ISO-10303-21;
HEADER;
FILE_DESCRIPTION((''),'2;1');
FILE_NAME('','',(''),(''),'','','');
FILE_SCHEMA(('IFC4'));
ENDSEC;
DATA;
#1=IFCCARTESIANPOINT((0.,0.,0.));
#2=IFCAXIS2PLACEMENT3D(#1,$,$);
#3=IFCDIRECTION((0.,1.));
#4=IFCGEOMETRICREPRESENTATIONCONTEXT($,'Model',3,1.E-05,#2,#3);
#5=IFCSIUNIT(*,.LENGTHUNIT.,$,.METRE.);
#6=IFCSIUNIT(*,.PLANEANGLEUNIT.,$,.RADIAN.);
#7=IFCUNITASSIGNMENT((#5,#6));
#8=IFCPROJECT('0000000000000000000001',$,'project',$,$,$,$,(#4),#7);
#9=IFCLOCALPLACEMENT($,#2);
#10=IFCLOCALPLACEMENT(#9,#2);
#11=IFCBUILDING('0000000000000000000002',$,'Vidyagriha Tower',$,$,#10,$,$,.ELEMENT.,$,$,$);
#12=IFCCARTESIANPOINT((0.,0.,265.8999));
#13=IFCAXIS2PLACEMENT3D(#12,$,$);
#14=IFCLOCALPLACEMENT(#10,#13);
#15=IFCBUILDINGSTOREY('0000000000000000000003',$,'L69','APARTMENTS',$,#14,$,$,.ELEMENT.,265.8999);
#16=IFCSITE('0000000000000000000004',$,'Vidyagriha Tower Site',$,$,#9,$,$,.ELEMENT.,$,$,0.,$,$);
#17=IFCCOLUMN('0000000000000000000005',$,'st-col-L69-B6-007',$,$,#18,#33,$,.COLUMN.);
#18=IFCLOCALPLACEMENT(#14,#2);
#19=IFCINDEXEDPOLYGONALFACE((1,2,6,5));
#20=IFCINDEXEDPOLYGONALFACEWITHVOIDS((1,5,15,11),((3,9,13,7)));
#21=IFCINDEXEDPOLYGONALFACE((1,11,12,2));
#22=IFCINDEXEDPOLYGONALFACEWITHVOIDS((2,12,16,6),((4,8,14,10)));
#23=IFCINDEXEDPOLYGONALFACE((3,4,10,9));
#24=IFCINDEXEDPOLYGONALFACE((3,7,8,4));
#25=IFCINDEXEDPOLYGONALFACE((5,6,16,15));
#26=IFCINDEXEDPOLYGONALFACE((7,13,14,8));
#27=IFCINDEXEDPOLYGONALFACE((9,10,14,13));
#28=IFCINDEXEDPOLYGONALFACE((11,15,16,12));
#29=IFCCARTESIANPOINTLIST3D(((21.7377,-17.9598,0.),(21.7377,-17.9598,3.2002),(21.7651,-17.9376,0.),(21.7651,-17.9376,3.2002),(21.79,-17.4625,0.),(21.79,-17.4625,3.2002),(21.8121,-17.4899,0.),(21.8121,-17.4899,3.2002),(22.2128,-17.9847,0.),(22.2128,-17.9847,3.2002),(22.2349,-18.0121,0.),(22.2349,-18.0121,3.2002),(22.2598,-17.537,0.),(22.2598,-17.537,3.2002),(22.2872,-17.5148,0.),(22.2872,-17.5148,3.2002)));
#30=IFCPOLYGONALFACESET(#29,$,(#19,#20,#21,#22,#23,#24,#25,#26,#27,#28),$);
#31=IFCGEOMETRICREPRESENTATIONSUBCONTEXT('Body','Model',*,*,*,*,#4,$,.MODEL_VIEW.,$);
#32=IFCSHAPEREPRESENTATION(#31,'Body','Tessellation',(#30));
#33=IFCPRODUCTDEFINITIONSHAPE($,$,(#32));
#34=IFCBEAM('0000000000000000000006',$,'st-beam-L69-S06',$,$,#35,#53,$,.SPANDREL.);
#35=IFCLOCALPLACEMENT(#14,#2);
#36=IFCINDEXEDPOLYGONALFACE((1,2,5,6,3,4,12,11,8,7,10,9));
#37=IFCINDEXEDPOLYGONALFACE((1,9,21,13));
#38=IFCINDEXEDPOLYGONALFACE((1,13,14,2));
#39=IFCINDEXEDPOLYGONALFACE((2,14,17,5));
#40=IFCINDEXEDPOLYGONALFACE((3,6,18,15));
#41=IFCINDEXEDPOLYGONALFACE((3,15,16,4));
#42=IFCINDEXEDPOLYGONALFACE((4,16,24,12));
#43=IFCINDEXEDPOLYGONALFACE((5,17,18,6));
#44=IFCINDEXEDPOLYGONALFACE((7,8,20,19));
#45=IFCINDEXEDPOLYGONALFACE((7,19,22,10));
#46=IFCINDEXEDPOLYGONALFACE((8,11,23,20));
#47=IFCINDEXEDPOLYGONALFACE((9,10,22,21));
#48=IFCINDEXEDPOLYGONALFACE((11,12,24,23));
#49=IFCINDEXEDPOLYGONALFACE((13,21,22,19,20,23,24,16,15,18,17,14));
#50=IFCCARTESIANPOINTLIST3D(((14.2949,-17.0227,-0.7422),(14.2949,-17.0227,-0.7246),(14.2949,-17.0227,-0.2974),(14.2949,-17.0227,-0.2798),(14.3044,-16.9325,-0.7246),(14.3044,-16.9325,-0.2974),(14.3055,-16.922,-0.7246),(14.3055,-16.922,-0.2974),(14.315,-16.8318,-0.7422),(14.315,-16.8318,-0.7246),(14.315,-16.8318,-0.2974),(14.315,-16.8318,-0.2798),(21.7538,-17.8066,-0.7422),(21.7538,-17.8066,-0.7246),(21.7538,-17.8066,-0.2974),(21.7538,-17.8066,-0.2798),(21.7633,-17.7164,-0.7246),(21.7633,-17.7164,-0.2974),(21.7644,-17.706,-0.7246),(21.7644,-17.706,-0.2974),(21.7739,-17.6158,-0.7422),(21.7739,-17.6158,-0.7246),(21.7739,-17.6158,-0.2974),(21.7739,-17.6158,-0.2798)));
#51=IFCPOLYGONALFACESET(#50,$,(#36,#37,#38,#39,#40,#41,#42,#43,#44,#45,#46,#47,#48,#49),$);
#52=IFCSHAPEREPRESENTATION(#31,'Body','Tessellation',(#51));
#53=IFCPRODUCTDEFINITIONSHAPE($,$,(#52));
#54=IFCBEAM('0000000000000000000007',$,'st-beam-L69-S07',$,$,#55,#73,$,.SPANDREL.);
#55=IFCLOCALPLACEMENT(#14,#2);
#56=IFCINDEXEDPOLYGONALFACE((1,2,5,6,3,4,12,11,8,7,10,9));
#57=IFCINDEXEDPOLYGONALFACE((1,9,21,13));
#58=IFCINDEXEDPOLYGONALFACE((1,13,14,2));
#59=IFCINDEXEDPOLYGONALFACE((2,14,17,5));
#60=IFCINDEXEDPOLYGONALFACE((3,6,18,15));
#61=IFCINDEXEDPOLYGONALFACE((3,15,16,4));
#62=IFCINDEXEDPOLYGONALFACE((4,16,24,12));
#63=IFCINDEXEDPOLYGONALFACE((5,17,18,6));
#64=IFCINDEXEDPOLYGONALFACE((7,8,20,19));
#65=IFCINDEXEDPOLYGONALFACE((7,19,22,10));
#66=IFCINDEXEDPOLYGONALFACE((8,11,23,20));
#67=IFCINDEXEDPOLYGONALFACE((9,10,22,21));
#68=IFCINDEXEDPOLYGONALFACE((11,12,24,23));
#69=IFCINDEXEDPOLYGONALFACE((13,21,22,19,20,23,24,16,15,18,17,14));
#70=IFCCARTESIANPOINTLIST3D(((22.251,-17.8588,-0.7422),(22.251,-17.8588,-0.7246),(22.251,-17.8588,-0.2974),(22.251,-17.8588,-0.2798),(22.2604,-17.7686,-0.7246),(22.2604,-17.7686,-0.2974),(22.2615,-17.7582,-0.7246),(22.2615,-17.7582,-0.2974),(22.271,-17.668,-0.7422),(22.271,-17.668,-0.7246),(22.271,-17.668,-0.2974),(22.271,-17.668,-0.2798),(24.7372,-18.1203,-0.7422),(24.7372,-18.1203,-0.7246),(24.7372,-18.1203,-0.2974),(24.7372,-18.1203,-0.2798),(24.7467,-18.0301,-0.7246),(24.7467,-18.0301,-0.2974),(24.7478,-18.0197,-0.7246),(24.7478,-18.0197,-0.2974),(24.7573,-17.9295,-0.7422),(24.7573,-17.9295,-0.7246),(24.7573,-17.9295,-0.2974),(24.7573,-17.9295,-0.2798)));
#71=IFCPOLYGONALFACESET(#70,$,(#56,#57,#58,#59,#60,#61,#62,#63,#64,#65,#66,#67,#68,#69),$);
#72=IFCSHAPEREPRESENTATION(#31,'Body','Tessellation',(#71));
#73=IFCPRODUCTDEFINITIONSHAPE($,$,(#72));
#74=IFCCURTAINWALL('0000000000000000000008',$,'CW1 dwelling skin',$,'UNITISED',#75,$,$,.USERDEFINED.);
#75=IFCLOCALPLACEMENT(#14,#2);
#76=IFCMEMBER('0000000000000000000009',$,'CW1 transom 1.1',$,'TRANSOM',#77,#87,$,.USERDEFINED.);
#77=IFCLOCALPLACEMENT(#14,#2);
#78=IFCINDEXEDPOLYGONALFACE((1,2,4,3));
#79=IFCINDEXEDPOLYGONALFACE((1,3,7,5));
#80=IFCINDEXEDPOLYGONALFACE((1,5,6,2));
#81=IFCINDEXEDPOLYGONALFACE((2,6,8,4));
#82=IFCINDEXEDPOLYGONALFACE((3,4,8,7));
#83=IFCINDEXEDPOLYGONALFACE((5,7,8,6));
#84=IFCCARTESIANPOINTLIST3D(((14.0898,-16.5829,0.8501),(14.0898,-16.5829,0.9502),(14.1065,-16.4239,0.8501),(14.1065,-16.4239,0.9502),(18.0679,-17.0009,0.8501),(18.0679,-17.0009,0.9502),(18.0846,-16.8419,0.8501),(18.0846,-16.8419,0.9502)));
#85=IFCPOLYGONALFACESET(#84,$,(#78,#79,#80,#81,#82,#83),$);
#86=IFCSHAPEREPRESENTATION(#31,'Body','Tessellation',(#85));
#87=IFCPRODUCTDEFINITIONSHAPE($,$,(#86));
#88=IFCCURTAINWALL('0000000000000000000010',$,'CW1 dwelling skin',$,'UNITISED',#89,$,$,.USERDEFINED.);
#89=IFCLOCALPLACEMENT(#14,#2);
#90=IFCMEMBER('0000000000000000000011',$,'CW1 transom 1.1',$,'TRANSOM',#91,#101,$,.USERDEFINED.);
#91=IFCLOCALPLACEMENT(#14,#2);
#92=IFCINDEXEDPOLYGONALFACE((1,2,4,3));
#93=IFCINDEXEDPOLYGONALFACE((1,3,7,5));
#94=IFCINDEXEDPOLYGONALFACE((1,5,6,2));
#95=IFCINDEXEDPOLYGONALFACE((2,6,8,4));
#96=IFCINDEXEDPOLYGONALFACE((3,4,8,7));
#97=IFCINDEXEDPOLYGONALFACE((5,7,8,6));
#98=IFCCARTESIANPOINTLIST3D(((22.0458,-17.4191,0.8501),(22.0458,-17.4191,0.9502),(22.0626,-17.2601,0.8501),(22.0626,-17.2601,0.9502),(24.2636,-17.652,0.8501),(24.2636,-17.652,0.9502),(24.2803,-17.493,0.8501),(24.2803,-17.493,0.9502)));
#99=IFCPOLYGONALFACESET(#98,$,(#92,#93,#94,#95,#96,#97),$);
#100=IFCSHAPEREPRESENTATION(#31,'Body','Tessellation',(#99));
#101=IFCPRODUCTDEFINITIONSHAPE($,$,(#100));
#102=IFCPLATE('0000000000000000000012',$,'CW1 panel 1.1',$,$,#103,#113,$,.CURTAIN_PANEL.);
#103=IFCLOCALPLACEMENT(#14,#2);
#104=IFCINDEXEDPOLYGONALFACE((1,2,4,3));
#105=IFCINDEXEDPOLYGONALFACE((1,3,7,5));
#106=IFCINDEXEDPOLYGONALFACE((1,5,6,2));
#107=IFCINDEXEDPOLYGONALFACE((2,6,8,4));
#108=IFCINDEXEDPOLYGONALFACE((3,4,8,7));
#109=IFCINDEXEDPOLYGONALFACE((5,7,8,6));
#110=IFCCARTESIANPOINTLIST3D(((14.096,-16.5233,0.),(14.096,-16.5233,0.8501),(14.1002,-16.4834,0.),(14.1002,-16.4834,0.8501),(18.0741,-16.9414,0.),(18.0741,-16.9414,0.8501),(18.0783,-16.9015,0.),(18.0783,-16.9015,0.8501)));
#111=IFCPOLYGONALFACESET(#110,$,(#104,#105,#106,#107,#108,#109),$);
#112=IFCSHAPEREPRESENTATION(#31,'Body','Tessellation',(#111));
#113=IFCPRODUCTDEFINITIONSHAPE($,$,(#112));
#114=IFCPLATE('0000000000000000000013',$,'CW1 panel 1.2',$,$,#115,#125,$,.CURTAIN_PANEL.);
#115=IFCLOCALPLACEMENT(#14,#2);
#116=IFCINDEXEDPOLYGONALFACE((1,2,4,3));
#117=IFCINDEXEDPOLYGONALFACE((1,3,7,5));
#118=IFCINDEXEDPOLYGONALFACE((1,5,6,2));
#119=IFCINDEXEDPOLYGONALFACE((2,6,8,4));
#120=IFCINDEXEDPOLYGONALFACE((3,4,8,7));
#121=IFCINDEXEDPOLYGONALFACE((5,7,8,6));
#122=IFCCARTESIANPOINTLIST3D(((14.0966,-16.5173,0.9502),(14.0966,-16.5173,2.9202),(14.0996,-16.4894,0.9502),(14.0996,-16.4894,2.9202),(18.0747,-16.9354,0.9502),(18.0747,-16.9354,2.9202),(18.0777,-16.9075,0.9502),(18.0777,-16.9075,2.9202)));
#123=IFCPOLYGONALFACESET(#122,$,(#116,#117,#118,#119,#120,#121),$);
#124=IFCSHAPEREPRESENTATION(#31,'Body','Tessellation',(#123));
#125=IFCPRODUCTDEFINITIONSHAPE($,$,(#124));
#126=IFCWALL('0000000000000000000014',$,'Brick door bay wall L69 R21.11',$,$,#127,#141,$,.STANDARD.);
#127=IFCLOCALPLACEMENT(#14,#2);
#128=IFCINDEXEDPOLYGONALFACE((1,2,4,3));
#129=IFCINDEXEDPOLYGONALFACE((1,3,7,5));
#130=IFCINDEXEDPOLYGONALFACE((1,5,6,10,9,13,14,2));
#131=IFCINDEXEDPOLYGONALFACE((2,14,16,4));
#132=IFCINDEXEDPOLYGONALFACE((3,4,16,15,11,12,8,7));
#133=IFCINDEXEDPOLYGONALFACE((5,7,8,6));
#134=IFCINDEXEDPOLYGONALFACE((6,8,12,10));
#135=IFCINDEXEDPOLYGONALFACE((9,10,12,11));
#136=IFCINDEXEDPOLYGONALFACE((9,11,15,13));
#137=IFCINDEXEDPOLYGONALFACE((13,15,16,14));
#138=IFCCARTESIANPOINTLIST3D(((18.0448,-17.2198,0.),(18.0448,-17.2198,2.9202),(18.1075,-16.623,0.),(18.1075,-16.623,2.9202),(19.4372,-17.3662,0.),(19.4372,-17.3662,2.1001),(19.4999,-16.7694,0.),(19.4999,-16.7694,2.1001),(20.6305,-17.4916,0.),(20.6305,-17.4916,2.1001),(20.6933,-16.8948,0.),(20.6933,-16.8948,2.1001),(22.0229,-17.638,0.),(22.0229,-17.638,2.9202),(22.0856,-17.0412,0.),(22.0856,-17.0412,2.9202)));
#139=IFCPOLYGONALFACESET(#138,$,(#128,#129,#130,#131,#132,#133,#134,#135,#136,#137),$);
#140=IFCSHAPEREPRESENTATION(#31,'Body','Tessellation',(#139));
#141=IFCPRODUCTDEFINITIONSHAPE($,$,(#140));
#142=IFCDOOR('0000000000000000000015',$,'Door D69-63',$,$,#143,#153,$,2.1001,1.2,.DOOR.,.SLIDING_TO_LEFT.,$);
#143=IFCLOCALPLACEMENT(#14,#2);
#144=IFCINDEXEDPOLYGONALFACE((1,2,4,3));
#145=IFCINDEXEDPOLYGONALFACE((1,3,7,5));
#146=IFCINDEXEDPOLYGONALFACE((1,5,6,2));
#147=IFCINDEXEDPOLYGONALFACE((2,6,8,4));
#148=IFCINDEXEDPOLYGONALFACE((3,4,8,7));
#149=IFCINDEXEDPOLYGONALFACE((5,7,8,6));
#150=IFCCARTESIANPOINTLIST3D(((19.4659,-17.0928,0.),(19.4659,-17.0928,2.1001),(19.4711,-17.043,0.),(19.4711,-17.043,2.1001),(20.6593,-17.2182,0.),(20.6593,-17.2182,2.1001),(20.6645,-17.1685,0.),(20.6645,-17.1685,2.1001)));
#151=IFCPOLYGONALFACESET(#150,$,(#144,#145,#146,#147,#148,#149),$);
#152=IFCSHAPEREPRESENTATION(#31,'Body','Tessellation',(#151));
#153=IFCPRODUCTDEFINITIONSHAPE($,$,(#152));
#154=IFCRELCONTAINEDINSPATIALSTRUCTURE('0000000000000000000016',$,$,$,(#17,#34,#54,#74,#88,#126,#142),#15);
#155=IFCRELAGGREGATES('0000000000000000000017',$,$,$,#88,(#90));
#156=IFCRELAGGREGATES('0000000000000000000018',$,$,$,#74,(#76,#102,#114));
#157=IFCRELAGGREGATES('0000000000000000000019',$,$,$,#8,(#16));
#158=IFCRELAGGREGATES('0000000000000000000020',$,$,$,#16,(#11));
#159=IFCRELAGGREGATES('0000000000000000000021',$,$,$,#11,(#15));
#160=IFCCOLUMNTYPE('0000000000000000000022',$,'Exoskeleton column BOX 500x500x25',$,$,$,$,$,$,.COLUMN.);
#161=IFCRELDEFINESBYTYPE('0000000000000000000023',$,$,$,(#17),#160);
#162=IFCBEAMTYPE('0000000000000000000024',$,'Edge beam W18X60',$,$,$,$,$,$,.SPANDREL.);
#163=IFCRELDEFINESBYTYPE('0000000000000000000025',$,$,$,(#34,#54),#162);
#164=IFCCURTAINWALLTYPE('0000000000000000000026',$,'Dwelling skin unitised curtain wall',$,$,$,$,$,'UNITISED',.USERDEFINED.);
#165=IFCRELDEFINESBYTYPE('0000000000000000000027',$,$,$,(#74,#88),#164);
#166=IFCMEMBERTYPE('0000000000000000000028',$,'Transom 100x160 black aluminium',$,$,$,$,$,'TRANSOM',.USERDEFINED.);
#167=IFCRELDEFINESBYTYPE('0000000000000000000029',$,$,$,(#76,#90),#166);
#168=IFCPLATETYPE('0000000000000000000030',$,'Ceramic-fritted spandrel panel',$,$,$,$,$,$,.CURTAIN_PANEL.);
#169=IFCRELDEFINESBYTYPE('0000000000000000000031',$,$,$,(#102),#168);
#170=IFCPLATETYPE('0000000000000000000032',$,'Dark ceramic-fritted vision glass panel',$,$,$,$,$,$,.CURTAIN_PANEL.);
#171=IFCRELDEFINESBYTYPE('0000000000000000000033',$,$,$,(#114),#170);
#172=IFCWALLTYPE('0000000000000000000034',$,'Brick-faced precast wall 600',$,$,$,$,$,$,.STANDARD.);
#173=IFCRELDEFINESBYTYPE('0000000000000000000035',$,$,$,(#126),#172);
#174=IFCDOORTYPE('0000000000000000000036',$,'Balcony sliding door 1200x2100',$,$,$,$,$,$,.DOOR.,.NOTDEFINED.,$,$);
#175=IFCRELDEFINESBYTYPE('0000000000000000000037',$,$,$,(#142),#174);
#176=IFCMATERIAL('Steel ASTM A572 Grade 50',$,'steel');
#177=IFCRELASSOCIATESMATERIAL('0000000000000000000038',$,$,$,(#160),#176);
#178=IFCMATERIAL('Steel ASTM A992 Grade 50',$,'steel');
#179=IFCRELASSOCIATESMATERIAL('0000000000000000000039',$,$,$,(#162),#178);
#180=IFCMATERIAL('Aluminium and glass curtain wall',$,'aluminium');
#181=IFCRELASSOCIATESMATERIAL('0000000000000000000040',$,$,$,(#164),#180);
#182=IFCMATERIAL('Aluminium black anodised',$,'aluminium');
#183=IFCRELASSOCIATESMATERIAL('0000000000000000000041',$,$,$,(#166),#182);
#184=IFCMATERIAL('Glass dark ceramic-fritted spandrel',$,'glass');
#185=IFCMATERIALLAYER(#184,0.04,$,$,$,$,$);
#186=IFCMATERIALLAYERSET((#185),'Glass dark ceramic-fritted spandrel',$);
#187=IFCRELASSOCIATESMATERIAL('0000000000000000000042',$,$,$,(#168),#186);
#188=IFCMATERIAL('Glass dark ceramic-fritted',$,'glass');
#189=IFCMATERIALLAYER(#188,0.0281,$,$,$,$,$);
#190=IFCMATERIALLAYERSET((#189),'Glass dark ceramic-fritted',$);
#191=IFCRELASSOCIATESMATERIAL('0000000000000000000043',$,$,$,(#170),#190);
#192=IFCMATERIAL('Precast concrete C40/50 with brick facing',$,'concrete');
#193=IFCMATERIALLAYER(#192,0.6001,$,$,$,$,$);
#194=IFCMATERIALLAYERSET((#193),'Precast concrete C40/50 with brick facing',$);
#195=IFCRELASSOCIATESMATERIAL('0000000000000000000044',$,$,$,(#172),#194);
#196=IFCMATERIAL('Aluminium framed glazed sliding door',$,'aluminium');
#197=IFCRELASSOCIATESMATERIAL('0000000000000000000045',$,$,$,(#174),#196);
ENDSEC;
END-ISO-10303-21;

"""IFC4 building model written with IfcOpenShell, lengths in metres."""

from ifc_helpers import new_model, si_unit, direction, frame, frame_2d, origin, origin_2d, place, context, subcontext, project, spatial, rectangle, hollow_rectangle, i_section, extrude, material, layer, layer_set, material_profile, profile_set, type_object, element, fill, aggregate, save


model = new_model("IFC4")

# Units and contexts
model_context = context("Model", 3, precision=1e-05, world=origin(), true_north=direction((0.0, 1.0)))
body_context = subcontext(model_context, "Body", "Model", "MODEL_VIEW")
ifc_project = project(units=[si_unit("LENGTHUNIT", "METRE"), si_unit("PLANEANGLEUNIT", "RADIAN")], contexts=[model_context])

# Site, building, storey
site_placement = place(None, origin())
site = spatial("IfcSite", under=ifc_project, at=site_placement, Name="Vidyagriha Tower Site", CompositionType="ELEMENT", RefElevation=0.0)
building_placement = place(site_placement, origin())
building = spatial("IfcBuilding", under=site, at=building_placement, Name="Vidyagriha Tower", CompositionType="ELEMENT")
storey_placement = place(building_placement, frame((0.0, 0.0, 265.8999)))
storey = spatial("IfcBuildingStorey", under=building, at=storey_placement, Name="L69", Description="APARTMENTS", CompositionType="ELEMENT", Elevation=265.8999)

# Column
ifc_material_1 = material(Name="Steel ASTM A572 Grade 50", Category="steel")
ifc_material_profile_1 = material_profile(ifc_material_1, hollow_rectangle(XDim=0.5, YDim=0.5, WallThickness=0.0249, at=origin_2d()), Name="BOX 500x500x25")
ifc_profile_set_1 = profile_set([ifc_material_profile_1], Name="Steel ASTM A572 Grade 50")
column_type = type_object("IfcColumnType", Name="Exoskeleton column BOX 500x500x25", PredefinedType="COLUMN", material=ifc_profile_set_1)
column_placement = place(storey_placement, frame((22.0125, -17.7373, 0.0), z_axis=(0.0, 0.0, 1.0), x_axis=(0.994522, -0.104528, 0.0)))
element("IfcColumn", 1, at=column_placement, inside=storey, type_object=column_type, Name="st-col-L69-B6-007", PredefinedType="COLUMN", context=body_context, shape_type="SweptSolid", body=[
    extrude(hollow_rectangle(XDim=0.5, YDim=0.5, WallThickness=0.0249, at=origin_2d()), origin(), (0.0, 0.0, 1.0), 3.2002),
])

# Beams
ifc_material_2 = material(Name="Steel ASTM A992 Grade 50", Category="steel")
ifc_material_profile_2 = material_profile(ifc_material_2, i_section(OverallWidth=0.1919, OverallDepth=0.4624, WebThickness=0.0105, FlangeThickness=0.0176, at=origin_2d()), Name="W18X60")
ifc_profile_set_2 = profile_set([ifc_material_profile_2], Name="Steel ASTM A992 Grade 50")
beam_type = type_object("IfcBeamType", Name="Edge beam W18X60", PredefinedType="SPANDREL", material=ifc_profile_set_2)
beam_1_placement = place(storey_placement, frame((14.3049, -16.9272, -0.511), z_axis=(0.994522, -0.104524, 0.0), x_axis=(0.104524, 0.994522, 0.0)))
element("IfcBeam", 2, at=beam_1_placement, inside=storey, type_object=beam_type, Name="st-beam-L69-S06", PredefinedType="SPANDREL", context=body_context, shape_type="SweptSolid", body=[
    extrude(i_section(OverallWidth=0.1919, OverallDepth=0.4624, WebThickness=0.0105, FlangeThickness=0.0176, at=origin_2d()), origin(), (0.0, 0.0, 1.0), 7.5),
])
beam_2_placement = place(storey_placement, frame((22.261, -17.7634, -0.511), z_axis=(0.994516, -0.104588, 0.0), x_axis=(0.104588, 0.994516, 0.0)))
element("IfcBeam", 3, at=beam_2_placement, inside=storey, type_object=beam_type, Name="st-beam-L69-S07", PredefinedType="SPANDREL", context=body_context, shape_type="SweptSolid", body=[
    extrude(i_section(OverallWidth=0.1919, OverallDepth=0.4624, WebThickness=0.0105, FlangeThickness=0.0176, at=origin_2d()), origin(), (0.0, 0.0, 1.0), 2.5),
])

# Curtain walls, members
ifc_material_3 = material(Name="Aluminium and glass curtain wall", Category="aluminium")
curtain_wall_type = type_object("IfcCurtainWallType", Name="Dwelling skin unitised curtain wall", ElementType="UNITISED", PredefinedType="USERDEFINED", material=ifc_material_3)
curtain_wall_1_placement = place(storey_placement, origin())
curtain_wall_1 = element("IfcCurtainWall", 4, at=curtain_wall_1_placement, inside=storey, type_object=curtain_wall_type, Name="CW1 dwelling skin", ObjectType="UNITISED", PredefinedType="USERDEFINED")
ifc_material_4 = material(Name="Aluminium black anodised", Category="aluminium")
ifc_material_profile_3 = material_profile(ifc_material_4, rectangle(XDim=0.1599, YDim=0.1001, at=origin_2d()), Name="Transom 100x160 black aluminium")
ifc_profile_set_3 = profile_set([ifc_material_profile_3], Name="Aluminium black anodised")
member_type = type_object("IfcMemberType", Name="Transom 100x160 black aluminium", ElementType="TRANSOM", PredefinedType="USERDEFINED", material=ifc_profile_set_3)
member_1_placement = place(storey_placement, frame((14.0981, -16.5034, 0.9001), z_axis=(0.994526, -0.104494, 0.0), x_axis=(0.104494, 0.994526, 0.0)))
member_1 = element("IfcMember", 5, at=member_1_placement, type_object=member_type, Name="CW1 transom 1.1", ObjectType="TRANSOM", PredefinedType="USERDEFINED", context=body_context, shape_type="SweptSolid", body=[
    extrude(rectangle(XDim=0.1599, YDim=0.1001, at=origin_2d()), origin(), (0.0, 0.0, 1.0), 4.0),
])
curtain_wall_2_placement = place(storey_placement, origin())
curtain_wall_2 = element("IfcCurtainWall", 6, at=curtain_wall_2_placement, inside=storey, type_object=curtain_wall_type, Name="CW1 dwelling skin", ObjectType="UNITISED", PredefinedType="USERDEFINED")
member_2_placement = place(storey_placement, frame((22.0542, -17.3396, 0.9001), z_axis=(0.994531, -0.104445, 0.0), x_axis=(0.104445, 0.994531, 0.0)))
member_2 = element("IfcMember", 7, at=member_2_placement, type_object=member_type, Name="CW1 transom 1.1", ObjectType="TRANSOM", PredefinedType="USERDEFINED", context=body_context, shape_type="SweptSolid", body=[
    extrude(rectangle(XDim=0.1599, YDim=0.1001, at=origin_2d()), origin(), (0.0, 0.0, 1.0), 2.23),
])
aggregate(curtain_wall_2, [member_2])

# Plates
ifc_material_5 = material(Name="Glass dark ceramic-fritted spandrel", Category="glass")
ifc_layer_1 = layer(ifc_material_5, 0.04)
ifc_layer_set_1 = layer_set([ifc_layer_1], Name="Glass dark ceramic-fritted spandrel")
plate_type_1 = type_object("IfcPlateType", Name="Ceramic-fritted spandrel panel", PredefinedType="CURTAIN_PANEL", material=ifc_layer_set_1)
plate_1_placement = place(storey_placement, frame((16.0872, -16.7124, 0.0), z_axis=(0.0, 0.0, 1.0), x_axis=(0.994522, -0.104525, 0.0)))
plate_1 = element("IfcPlate", 8, at=plate_1_placement, type_object=plate_type_1, Name="CW1 panel 1.1", PredefinedType="CURTAIN_PANEL", context=body_context, shape_type="SweptSolid", body=[
    extrude(rectangle(XDim=4.0, YDim=0.04, at=origin_2d()), origin(), (0.0, 0.0, 1.0), 0.8501),
])
ifc_material_6 = material(Name="Glass dark ceramic-fritted", Category="glass")
ifc_layer_2 = layer(ifc_material_6, 0.0281)
ifc_layer_set_2 = layer_set([ifc_layer_2], Name="Glass dark ceramic-fritted")
plate_type_2 = type_object("IfcPlateType", Name="Dark ceramic-fritted vision glass panel", PredefinedType="CURTAIN_PANEL", material=ifc_layer_set_2)
plate_2_placement = place(storey_placement, frame((16.0872, -16.7124, 0.9502), z_axis=(0.0, 0.0, 1.0), x_axis=(0.994522, -0.104525, 0.0)))
plate_2 = element("IfcPlate", 9, at=plate_2_placement, type_object=plate_type_2, Name="CW1 panel 1.2", PredefinedType="CURTAIN_PANEL", context=body_context, shape_type="SweptSolid", body=[
    extrude(rectangle(XDim=4.0, YDim=0.0281, at=origin_2d()), origin(), (0.0, 0.0, 1.0), 1.97),
])
aggregate(curtain_wall_1, [member_1, plate_1, plate_2])

# Wall, opening, door
ifc_material_7 = material(Name="Precast concrete C40/50 with brick facing", Category="concrete")
ifc_layer_3 = layer(ifc_material_7, 0.6001)
ifc_layer_set_3 = layer_set([ifc_layer_3], Name="Precast concrete C40/50 with brick facing")
wall_type = type_object("IfcWallType", Name="Brick-faced precast wall 600", PredefinedType="STANDARD", material=ifc_layer_set_3)
wall_placement = place(storey_placement, frame((18.0762, -16.9214, 0.0), z_axis=(0.0, 0.0, 1.0), x_axis=(0.994519, -0.104555, 0.0)))
wall = element("IfcWall", 10, at=wall_placement, inside=storey, type_object=wall_type, Name="Brick door bay wall L69 R21.11", PredefinedType="STANDARD", context=body_context, shape_type="SweptSolid", body=[
    extrude(rectangle(XDim=4.0, YDim=0.6001, at=frame_2d((2.0, 0.0))), origin(), (0.0, 0.0, 1.0), 2.9202),
])
opening_placement = place(wall_placement, frame((1.3999, 0.0, 0.0)))
opening = element("IfcOpeningElement", 11, at=opening_placement, cuts=wall, PredefinedType="OPENING", context=body_context, shape_type="SweptSolid", body=[
    extrude(rectangle(XDim=1.2, YDim=2.1001, at=frame_2d((0.6001, 1.05))), frame((0.0, 0.3101, 0.0), z_axis=(0.0, -1.0, 0.0), x_axis=(1.0, 0.0, 0.0)), (0.0, 0.0, 1.0), 0.6201),
])
ifc_material_8 = material(Name="Aluminium framed glazed sliding door", Category="aluminium")
door_type = type_object("IfcDoorType", Name="Balcony sliding door 1200x2100", OperationType="NOTDEFINED", PredefinedType="DOOR", material=ifc_material_8)
door_placement = place(opening_placement, origin())
door = element("IfcDoor", 12, at=door_placement, inside=storey, type_object=door_type, Name="Door D69-63", OperationType="SLIDING_TO_LEFT", OverallHeight=2.1001, OverallWidth=1.2, PredefinedType="DOOR", context=body_context, shape_type="SweptSolid", body=[
    extrude(rectangle(XDim=1.2, YDim=2.1001, at=frame_2d((0.6001, 1.05))), frame((0.0, 0.0249, 0.0), z_axis=(0.0, -1.0, 0.0), x_axis=(1.0, 0.0, 0.0)), (0.0, 0.0, 1.0), 0.05),
])
fill(opening, door)

save(model, "model.ifc")
